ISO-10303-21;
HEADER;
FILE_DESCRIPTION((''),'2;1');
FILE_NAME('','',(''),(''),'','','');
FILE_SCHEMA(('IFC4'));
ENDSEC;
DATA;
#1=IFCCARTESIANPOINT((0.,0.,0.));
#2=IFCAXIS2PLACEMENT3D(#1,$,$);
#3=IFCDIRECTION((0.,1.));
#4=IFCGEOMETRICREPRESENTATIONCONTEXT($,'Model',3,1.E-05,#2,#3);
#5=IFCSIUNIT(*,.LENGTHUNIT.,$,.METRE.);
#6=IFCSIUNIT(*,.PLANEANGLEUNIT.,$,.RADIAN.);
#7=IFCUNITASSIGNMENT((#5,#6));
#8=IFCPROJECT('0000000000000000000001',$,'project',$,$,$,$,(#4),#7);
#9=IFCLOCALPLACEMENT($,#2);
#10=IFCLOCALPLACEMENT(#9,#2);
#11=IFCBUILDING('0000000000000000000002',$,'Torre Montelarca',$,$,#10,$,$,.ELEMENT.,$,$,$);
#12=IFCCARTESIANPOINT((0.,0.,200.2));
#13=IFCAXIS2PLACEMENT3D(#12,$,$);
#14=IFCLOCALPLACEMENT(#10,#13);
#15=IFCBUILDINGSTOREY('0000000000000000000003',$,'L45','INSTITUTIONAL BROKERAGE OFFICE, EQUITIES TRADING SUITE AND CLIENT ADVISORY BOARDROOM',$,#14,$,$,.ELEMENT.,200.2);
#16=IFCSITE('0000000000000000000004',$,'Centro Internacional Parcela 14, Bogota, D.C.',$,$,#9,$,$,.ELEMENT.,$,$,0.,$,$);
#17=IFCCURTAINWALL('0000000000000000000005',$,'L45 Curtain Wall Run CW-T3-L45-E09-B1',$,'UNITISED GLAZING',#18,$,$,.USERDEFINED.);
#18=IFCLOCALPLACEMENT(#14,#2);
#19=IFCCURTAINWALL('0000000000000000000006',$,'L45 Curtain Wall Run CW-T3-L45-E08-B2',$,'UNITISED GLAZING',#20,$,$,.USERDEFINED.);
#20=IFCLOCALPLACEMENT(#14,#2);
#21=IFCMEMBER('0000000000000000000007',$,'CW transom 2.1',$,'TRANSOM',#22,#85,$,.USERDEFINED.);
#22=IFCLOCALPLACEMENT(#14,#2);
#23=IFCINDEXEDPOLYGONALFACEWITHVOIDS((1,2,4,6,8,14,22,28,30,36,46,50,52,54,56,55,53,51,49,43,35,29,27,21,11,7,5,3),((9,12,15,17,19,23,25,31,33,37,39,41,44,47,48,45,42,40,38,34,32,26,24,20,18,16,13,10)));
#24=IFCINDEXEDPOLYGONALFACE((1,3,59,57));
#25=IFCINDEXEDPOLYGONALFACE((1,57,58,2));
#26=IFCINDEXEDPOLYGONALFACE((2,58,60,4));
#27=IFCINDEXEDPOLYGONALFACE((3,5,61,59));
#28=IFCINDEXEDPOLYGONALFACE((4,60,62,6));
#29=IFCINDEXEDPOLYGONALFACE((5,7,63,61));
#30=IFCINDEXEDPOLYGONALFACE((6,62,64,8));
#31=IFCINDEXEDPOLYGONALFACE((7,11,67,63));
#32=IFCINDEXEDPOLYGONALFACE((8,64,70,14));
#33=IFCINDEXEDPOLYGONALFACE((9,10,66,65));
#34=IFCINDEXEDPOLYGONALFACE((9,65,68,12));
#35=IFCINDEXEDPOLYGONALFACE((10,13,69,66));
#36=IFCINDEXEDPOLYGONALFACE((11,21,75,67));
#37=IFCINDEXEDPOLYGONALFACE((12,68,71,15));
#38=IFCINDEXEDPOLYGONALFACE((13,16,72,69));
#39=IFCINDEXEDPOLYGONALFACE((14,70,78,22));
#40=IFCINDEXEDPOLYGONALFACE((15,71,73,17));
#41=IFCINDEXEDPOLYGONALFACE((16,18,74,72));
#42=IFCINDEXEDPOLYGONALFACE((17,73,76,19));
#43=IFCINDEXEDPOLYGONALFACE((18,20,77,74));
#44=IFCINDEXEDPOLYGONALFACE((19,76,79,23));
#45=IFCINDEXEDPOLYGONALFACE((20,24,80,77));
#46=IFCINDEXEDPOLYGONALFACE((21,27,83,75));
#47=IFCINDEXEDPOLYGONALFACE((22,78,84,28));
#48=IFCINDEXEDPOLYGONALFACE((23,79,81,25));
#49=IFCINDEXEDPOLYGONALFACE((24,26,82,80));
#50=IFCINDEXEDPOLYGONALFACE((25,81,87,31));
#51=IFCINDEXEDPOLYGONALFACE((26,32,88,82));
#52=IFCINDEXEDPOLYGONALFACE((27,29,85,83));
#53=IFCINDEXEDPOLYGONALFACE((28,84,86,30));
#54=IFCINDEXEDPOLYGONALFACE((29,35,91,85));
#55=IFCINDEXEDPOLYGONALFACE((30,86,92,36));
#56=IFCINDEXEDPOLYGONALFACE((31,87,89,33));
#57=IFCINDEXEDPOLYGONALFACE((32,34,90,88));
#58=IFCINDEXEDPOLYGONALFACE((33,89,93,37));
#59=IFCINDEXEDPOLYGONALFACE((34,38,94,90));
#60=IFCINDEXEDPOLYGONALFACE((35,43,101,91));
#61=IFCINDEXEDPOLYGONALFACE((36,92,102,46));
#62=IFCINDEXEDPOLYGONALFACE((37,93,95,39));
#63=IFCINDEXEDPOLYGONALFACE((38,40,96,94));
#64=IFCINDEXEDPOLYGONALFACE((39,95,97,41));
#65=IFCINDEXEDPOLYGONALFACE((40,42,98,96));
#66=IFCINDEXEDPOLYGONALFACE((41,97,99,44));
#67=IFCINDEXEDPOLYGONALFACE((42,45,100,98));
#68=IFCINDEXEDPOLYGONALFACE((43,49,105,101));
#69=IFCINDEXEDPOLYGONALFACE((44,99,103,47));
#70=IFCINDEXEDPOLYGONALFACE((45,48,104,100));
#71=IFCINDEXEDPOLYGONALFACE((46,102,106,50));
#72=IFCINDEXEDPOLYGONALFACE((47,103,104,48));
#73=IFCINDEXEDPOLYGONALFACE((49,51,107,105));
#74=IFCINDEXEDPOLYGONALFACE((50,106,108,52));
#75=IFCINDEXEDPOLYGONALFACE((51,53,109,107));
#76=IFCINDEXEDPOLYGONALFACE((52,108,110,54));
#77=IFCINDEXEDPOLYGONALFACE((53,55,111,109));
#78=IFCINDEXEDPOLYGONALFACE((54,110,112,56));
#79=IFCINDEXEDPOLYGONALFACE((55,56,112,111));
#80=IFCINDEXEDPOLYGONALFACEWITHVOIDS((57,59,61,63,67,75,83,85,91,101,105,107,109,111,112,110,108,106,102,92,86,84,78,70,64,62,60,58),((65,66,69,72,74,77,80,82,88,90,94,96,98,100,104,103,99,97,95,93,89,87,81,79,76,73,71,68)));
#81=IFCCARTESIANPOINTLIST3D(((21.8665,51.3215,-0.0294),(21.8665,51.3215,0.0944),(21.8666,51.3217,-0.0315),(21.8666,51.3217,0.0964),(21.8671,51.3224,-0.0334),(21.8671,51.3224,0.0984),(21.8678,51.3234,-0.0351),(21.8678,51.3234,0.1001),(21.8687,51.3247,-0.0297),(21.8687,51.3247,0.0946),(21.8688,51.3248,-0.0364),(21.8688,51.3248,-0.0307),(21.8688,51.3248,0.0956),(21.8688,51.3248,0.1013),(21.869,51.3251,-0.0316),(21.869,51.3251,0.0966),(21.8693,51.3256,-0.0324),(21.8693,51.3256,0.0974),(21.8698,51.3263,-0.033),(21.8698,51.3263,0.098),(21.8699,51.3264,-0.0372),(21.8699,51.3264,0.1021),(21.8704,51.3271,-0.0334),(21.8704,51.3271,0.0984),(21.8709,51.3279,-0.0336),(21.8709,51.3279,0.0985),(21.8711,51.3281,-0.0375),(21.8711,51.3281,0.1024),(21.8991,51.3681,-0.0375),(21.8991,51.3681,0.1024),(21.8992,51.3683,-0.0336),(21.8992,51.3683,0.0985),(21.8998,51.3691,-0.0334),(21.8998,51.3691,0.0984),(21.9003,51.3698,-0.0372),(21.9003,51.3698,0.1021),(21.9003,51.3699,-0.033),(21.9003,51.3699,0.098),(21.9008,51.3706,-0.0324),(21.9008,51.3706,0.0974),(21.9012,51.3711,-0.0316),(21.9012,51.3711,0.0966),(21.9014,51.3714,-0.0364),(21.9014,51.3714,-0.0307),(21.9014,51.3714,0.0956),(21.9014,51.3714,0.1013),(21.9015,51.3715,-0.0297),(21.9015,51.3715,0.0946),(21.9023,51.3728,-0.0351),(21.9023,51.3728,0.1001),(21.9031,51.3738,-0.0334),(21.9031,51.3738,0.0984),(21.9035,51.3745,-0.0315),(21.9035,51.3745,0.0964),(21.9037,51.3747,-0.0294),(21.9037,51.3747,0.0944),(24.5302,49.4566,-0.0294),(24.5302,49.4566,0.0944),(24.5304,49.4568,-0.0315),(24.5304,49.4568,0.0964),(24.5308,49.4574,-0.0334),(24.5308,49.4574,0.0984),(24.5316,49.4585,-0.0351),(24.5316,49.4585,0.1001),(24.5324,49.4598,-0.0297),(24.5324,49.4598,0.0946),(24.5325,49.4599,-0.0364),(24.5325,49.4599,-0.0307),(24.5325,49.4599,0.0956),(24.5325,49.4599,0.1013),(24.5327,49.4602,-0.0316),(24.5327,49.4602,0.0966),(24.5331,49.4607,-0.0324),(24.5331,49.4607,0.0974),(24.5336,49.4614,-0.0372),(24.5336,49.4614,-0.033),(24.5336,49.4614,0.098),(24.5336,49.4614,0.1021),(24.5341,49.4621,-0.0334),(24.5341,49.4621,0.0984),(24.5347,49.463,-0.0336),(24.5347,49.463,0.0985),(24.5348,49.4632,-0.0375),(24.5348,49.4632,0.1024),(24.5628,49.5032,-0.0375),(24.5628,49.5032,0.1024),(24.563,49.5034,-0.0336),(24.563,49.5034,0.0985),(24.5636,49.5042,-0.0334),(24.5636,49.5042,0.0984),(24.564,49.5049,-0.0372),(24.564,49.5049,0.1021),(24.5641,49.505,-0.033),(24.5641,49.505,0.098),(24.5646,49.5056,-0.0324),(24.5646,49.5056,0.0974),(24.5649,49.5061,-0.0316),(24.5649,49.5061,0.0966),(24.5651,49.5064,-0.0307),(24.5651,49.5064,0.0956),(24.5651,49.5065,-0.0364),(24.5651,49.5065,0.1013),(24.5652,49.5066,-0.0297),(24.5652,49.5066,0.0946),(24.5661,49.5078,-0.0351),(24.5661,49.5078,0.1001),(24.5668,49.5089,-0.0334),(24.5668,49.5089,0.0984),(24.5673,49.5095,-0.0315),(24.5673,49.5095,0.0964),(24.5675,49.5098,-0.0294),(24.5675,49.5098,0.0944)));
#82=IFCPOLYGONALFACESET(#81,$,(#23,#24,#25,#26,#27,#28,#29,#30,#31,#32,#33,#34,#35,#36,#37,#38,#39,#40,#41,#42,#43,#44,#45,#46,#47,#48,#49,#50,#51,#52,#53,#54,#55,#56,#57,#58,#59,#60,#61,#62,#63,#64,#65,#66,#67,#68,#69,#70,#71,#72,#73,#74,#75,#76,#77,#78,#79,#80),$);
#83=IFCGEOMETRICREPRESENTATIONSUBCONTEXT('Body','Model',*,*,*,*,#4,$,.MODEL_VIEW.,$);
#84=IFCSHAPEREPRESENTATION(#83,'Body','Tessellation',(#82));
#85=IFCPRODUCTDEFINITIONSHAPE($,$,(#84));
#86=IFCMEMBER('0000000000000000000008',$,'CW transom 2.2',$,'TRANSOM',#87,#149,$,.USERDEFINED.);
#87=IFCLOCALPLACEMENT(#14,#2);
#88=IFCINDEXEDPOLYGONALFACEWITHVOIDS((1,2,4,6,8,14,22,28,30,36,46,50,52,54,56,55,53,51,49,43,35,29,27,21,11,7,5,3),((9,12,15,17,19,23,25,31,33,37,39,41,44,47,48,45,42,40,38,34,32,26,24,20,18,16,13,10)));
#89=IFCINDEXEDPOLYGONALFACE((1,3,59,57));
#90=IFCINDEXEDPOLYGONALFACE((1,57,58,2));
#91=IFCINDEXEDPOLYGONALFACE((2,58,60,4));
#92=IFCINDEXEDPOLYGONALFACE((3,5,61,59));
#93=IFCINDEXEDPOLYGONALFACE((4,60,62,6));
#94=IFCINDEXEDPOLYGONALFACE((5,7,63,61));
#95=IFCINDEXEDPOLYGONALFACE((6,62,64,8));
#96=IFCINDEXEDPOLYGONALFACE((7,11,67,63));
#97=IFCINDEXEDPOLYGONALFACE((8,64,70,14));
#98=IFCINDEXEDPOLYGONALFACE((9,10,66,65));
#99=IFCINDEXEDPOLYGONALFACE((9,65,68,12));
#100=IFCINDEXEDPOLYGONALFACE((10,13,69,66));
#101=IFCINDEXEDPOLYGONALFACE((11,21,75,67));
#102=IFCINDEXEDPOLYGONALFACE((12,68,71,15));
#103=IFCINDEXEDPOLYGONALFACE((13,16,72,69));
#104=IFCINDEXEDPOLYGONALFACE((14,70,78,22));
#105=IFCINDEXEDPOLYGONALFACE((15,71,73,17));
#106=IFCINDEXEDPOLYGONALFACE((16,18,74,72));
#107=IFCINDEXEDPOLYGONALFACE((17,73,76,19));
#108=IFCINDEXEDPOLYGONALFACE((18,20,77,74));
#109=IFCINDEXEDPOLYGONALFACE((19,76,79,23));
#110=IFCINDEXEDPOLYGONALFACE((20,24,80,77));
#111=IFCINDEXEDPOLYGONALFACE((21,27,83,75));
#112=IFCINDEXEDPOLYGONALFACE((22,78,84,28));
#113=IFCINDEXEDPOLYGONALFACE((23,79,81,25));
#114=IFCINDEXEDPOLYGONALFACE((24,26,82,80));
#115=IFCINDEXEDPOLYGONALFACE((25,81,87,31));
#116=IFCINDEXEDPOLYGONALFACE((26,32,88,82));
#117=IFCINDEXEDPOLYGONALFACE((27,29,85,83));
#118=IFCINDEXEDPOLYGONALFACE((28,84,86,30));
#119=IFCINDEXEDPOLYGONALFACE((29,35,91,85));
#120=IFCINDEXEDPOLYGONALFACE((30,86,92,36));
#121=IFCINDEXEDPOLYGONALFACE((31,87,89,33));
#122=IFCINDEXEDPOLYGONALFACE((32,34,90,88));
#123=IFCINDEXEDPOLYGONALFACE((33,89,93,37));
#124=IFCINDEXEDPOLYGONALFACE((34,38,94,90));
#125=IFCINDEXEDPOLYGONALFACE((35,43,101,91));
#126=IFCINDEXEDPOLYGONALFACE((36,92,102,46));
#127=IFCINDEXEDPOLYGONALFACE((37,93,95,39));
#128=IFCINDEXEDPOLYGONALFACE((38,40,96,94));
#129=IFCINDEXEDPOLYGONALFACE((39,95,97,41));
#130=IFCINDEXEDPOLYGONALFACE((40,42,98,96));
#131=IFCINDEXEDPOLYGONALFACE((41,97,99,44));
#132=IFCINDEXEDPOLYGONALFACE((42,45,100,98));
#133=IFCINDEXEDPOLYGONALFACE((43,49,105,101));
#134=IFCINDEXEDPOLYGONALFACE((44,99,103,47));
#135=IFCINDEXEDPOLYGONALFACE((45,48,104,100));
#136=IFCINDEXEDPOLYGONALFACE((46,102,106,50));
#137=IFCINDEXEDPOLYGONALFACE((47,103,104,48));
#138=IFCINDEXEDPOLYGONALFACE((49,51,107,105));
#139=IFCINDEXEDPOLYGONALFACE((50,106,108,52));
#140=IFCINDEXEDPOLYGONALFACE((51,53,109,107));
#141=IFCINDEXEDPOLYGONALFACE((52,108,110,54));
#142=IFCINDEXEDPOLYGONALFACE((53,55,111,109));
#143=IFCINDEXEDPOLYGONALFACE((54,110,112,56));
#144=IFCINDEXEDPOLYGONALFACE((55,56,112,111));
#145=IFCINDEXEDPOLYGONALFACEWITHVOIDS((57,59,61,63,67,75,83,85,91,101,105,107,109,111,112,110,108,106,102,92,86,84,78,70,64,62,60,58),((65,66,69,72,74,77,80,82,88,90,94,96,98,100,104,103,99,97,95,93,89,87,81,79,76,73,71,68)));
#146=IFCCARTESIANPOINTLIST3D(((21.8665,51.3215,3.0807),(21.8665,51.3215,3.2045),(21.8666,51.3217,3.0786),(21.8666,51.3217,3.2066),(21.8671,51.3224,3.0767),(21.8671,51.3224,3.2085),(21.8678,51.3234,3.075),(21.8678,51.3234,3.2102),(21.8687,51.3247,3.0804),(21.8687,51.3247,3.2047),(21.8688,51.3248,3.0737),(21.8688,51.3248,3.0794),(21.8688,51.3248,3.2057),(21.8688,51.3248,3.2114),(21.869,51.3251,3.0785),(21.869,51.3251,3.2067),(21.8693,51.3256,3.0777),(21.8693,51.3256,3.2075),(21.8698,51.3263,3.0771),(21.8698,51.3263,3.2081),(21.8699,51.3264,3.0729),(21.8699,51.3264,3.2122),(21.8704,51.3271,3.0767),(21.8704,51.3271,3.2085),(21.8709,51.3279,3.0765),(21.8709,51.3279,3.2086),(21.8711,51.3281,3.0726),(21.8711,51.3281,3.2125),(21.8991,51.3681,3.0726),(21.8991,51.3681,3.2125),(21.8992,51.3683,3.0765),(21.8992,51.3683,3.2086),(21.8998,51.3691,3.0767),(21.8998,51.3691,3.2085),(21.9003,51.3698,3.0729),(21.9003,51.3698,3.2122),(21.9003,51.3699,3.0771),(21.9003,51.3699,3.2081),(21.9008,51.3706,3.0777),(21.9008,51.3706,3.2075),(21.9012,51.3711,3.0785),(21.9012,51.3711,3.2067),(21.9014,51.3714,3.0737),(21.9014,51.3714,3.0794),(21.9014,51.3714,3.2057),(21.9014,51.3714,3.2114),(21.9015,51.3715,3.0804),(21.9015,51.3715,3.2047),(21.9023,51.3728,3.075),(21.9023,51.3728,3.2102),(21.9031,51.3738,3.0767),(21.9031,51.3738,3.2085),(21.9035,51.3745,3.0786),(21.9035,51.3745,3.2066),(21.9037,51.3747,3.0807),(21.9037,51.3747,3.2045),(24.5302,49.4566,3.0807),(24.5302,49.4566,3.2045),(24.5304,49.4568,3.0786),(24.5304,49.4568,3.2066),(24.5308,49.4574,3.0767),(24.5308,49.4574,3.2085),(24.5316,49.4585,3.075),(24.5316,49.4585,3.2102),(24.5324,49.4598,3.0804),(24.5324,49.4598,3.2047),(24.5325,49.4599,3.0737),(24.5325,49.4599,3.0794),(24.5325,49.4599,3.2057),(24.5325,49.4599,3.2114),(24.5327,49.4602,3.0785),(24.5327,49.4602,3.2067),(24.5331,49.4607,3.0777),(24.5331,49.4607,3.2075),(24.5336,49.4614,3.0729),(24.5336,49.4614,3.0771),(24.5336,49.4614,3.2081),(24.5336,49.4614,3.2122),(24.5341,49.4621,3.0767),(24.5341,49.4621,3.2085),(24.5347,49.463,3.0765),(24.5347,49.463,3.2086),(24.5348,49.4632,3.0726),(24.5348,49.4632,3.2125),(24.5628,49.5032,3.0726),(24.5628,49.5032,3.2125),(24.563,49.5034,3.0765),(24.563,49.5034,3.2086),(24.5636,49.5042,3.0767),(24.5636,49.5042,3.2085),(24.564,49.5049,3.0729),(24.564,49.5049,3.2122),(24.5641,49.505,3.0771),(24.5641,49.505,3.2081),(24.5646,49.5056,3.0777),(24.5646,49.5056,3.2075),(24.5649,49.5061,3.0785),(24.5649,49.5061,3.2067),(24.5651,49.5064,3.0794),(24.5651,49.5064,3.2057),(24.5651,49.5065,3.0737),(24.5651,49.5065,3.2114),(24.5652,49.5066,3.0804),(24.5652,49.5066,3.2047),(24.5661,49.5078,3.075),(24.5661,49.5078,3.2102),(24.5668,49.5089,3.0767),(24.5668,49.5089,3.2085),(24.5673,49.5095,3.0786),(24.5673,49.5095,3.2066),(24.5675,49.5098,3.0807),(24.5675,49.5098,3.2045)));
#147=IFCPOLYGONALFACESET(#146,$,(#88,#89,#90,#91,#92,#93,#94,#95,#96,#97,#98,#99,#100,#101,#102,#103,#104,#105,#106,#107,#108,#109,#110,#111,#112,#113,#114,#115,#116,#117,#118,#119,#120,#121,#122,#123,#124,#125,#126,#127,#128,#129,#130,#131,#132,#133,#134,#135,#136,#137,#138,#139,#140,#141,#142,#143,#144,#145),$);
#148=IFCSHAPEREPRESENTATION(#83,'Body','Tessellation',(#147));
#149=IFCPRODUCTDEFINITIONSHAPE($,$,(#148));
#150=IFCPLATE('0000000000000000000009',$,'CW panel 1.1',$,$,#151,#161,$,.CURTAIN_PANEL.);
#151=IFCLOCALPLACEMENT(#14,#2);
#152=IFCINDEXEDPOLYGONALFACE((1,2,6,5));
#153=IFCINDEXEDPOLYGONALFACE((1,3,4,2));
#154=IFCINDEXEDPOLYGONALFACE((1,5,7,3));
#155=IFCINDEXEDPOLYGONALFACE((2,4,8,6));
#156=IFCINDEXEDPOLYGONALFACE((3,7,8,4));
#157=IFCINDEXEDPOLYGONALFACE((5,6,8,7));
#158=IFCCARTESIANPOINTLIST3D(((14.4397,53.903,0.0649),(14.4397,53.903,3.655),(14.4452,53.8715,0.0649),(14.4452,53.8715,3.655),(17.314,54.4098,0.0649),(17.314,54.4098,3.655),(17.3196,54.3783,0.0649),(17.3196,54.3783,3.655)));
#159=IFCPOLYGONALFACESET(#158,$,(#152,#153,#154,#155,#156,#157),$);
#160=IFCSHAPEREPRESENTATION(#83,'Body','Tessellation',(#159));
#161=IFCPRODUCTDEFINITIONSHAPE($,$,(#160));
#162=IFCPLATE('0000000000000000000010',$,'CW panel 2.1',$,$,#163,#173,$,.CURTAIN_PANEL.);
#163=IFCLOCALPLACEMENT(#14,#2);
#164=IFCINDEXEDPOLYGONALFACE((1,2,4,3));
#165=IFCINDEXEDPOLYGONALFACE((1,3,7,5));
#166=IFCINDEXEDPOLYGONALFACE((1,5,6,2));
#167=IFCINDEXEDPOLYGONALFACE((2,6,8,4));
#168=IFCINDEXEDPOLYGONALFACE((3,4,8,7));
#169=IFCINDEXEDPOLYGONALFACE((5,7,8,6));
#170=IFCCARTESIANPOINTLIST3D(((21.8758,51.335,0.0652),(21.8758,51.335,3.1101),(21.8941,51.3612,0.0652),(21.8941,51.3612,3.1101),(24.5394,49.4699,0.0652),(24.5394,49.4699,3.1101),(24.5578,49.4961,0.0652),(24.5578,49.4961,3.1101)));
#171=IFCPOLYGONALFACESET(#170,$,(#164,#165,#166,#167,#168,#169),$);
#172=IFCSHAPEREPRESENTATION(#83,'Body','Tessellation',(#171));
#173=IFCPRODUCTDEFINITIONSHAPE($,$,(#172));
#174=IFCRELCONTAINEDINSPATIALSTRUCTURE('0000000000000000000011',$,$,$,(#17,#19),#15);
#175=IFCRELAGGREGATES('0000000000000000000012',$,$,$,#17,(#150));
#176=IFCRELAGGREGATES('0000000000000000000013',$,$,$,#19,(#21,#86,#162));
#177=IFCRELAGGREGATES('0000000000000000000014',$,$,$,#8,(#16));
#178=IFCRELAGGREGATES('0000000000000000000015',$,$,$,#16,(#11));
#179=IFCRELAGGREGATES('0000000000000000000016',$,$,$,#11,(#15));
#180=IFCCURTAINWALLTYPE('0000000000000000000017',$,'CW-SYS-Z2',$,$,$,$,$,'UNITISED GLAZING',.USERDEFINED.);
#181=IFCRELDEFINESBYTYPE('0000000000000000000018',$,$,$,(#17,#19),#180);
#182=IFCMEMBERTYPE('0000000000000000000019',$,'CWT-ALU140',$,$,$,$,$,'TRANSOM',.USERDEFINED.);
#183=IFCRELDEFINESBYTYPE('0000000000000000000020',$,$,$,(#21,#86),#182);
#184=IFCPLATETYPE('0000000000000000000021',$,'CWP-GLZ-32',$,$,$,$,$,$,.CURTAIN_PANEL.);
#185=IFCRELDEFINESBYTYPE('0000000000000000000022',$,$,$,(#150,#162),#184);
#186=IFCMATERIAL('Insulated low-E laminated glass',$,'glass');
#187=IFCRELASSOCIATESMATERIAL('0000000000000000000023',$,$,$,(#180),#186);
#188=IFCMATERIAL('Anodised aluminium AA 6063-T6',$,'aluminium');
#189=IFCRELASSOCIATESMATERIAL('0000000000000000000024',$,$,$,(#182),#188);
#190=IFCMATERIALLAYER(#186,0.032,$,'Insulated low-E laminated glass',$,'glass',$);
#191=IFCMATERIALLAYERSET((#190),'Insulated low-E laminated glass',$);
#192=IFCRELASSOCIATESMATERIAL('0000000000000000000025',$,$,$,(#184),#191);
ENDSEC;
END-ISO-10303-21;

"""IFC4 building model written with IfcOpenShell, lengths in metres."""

from ifc_helpers import new_model, si_unit, direction, frame, origin, origin_2d, place, context, subcontext, project, spatial, rectangle, hollow_rectangle, extrude, source, transform, mapped, material, layer, layer_set, material_profile, profile_set, type_object, element, aggregate, save


model = new_model("IFC4")

# Units and contexts
model_context = context("Model", 3, precision=1e-05, world=origin(), true_north=direction((0.0, 1.0)))
body_context = subcontext(model_context, "Body", "Model", "MODEL_VIEW")
ifc_project = project(units=[si_unit("LENGTHUNIT", "METRE"), si_unit("PLANEANGLEUNIT", "RADIAN")], contexts=[model_context])

# Site, building, storey
site_placement = place(None, origin())
site = spatial("IfcSite", under=ifc_project, at=site_placement, Name="Centro Internacional Parcela 14, Bogota, D.C.", CompositionType="ELEMENT", RefElevation=0.0)
building_placement = place(site_placement, origin())
building = spatial("IfcBuilding", under=site, at=building_placement, Name="Torre Montelarca", CompositionType="ELEMENT")
storey_placement = place(building_placement, frame((0.0, 0.0, 200.2)))
storey = spatial("IfcBuildingStorey", under=building, at=storey_placement, Name="L45", Description="INSTITUTIONAL BROKERAGE OFFICE, EQUITIES TRADING SUITE AND CLIENT ADVISORY BOARDROOM", CompositionType="ELEMENT", Elevation=200.2)

# Curtain walls, members
ifc_material_1 = material(Name="Insulated low-E laminated glass", Category="glass")
curtain_wall_type = type_object("IfcCurtainWallType", Name="CW-SYS-Z2", ElementType="UNITISED GLAZING", PredefinedType="USERDEFINED", material=ifc_material_1)
curtain_wall_1_placement = place(storey_placement, origin())
curtain_wall_1 = element("IfcCurtainWall", 1, at=curtain_wall_1_placement, inside=storey, type_object=curtain_wall_type, Name="L45 Curtain Wall Run CW-T3-L45-E09-B1", ObjectType="UNITISED GLAZING", PredefinedType="USERDEFINED")
ifc_material_2 = material(Name="Anodised aluminium AA 6063-T6", Category="aluminium")
ifc_material_profile_1 = material_profile(ifc_material_2, hollow_rectangle(XDim=0.0649, YDim=0.1399, WallThickness=0.0039, InnerFilletRadius=0.0039, OuterFilletRadius=0.0081, at=origin_2d()), Name="ALU65X140X4", Category="aluminium")
ifc_profile_set_1 = profile_set([ifc_material_profile_1], Name="Anodised aluminium AA 6063-T6")
member_type_1 = type_object("IfcMemberType", Name="CWT-ALU140", ElementType="TRANSOM", PredefinedType="USERDEFINED", material=ifc_profile_set_1)
curtain_wall_2_placement = place(storey_placement, origin())
curtain_wall_2 = element("IfcCurtainWall", 2, at=curtain_wall_2_placement, inside=storey, type_object=curtain_wall_type, Name="L45 Curtain Wall Run CW-T3-L45-E08-B2", ObjectType="UNITISED GLAZING", PredefinedType="USERDEFINED")
shared_shape_1 = source(origin(), body_context, "Body", "SweptSolid", [
    extrude(hollow_rectangle(XDim=0.0649, YDim=0.1399, WallThickness=0.0039, InnerFilletRadius=0.0039, OuterFilletRadius=0.0081, at=origin_2d()), origin(), (0.0, 0.0, 1.0), 3.2517),
])
member_1_placement = place(storey_placement, frame((24.5488, 49.4832, 0.0325), z_axis=(-0.819186, 0.573528, 0.0), x_axis=(-0.573528, -0.819186, 0.0)))
member_1 = element("IfcMember", 3, at=member_1_placement, type_object=member_type_1, Name="CW transom 2.1", ObjectType="TRANSOM", PredefinedType="USERDEFINED", context=body_context, shape_type="MappedRepresentation", body=[
    mapped(shared_shape_1, transform((0.0, 0.0, 0.0), scale=1.0)),
])
member_2_placement = place(storey_placement, frame((24.5488, 49.4832, 3.1426), z_axis=(-0.819186, 0.573528, 0.0), x_axis=(-0.573528, -0.819186, 0.0)))
member_2 = element("IfcMember", 4, at=member_2_placement, type_object=member_type_1, Name="CW transom 2.2", ObjectType="TRANSOM", PredefinedType="USERDEFINED", context=body_context, shape_type="MappedRepresentation", body=[
    mapped(shared_shape_1, transform((0.0, 0.0, 0.0), scale=1.0)),
])

# Plates
ifc_layer_1 = layer(ifc_material_1, 0.032, Name="Insulated low-E laminated glass", Category="glass")
ifc_layer_set_1 = layer_set([ifc_layer_1], Name="Insulated low-E laminated glass")
plate_type = type_object("IfcPlateType", Name="CWP-GLZ-32", PredefinedType="CURTAIN_PANEL", material=ifc_layer_set_1)
shared_shape_2 = source(origin(), body_context, "Body", "SweptSolid", [
    extrude(rectangle(XDim=2.9187, YDim=0.032, at=origin_2d()), origin(), (0.0, 0.0, 1.0), 3.5901),
])
plate_1_placement = place(storey_placement, frame((15.8796, 54.1406, 0.0649), z_axis=(0.0, 0.0, 1.0), x_axis=(-0.98481, -0.173634, 0.0)))
plate_1 = element("IfcPlate", 5, at=plate_1_placement, type_object=plate_type, Name="CW panel 1.1", PredefinedType="CURTAIN_PANEL", context=body_context, shape_type="MappedRepresentation", body=[
    mapped(shared_shape_2, transform((0.0, 0.0, 0.0), scale=1.0)),
])
aggregate(curtain_wall_1, [plate_1])
shared_shape_3 = source(origin(), body_context, "Body", "SweptSolid", [
    extrude(rectangle(XDim=3.2517, YDim=0.032, at=origin_2d()), origin(), (0.0, 0.0, 1.0), 3.0449),
])
plate_2_placement = place(storey_placement, frame((23.2168, 50.4155, 0.0652), z_axis=(0.0, 0.0, 1.0), x_axis=(-0.819151, 0.573579, 0.0)))
plate_2 = element("IfcPlate", 6, at=plate_2_placement, type_object=plate_type, Name="CW panel 2.1", PredefinedType="CURTAIN_PANEL", context=body_context, shape_type="MappedRepresentation", body=[
    mapped(shared_shape_3, transform((0.0, 0.0, 0.0), scale=1.0)),
])
aggregate(curtain_wall_2, [member_1, member_2, plate_2])

save(model, "model.ifc")
